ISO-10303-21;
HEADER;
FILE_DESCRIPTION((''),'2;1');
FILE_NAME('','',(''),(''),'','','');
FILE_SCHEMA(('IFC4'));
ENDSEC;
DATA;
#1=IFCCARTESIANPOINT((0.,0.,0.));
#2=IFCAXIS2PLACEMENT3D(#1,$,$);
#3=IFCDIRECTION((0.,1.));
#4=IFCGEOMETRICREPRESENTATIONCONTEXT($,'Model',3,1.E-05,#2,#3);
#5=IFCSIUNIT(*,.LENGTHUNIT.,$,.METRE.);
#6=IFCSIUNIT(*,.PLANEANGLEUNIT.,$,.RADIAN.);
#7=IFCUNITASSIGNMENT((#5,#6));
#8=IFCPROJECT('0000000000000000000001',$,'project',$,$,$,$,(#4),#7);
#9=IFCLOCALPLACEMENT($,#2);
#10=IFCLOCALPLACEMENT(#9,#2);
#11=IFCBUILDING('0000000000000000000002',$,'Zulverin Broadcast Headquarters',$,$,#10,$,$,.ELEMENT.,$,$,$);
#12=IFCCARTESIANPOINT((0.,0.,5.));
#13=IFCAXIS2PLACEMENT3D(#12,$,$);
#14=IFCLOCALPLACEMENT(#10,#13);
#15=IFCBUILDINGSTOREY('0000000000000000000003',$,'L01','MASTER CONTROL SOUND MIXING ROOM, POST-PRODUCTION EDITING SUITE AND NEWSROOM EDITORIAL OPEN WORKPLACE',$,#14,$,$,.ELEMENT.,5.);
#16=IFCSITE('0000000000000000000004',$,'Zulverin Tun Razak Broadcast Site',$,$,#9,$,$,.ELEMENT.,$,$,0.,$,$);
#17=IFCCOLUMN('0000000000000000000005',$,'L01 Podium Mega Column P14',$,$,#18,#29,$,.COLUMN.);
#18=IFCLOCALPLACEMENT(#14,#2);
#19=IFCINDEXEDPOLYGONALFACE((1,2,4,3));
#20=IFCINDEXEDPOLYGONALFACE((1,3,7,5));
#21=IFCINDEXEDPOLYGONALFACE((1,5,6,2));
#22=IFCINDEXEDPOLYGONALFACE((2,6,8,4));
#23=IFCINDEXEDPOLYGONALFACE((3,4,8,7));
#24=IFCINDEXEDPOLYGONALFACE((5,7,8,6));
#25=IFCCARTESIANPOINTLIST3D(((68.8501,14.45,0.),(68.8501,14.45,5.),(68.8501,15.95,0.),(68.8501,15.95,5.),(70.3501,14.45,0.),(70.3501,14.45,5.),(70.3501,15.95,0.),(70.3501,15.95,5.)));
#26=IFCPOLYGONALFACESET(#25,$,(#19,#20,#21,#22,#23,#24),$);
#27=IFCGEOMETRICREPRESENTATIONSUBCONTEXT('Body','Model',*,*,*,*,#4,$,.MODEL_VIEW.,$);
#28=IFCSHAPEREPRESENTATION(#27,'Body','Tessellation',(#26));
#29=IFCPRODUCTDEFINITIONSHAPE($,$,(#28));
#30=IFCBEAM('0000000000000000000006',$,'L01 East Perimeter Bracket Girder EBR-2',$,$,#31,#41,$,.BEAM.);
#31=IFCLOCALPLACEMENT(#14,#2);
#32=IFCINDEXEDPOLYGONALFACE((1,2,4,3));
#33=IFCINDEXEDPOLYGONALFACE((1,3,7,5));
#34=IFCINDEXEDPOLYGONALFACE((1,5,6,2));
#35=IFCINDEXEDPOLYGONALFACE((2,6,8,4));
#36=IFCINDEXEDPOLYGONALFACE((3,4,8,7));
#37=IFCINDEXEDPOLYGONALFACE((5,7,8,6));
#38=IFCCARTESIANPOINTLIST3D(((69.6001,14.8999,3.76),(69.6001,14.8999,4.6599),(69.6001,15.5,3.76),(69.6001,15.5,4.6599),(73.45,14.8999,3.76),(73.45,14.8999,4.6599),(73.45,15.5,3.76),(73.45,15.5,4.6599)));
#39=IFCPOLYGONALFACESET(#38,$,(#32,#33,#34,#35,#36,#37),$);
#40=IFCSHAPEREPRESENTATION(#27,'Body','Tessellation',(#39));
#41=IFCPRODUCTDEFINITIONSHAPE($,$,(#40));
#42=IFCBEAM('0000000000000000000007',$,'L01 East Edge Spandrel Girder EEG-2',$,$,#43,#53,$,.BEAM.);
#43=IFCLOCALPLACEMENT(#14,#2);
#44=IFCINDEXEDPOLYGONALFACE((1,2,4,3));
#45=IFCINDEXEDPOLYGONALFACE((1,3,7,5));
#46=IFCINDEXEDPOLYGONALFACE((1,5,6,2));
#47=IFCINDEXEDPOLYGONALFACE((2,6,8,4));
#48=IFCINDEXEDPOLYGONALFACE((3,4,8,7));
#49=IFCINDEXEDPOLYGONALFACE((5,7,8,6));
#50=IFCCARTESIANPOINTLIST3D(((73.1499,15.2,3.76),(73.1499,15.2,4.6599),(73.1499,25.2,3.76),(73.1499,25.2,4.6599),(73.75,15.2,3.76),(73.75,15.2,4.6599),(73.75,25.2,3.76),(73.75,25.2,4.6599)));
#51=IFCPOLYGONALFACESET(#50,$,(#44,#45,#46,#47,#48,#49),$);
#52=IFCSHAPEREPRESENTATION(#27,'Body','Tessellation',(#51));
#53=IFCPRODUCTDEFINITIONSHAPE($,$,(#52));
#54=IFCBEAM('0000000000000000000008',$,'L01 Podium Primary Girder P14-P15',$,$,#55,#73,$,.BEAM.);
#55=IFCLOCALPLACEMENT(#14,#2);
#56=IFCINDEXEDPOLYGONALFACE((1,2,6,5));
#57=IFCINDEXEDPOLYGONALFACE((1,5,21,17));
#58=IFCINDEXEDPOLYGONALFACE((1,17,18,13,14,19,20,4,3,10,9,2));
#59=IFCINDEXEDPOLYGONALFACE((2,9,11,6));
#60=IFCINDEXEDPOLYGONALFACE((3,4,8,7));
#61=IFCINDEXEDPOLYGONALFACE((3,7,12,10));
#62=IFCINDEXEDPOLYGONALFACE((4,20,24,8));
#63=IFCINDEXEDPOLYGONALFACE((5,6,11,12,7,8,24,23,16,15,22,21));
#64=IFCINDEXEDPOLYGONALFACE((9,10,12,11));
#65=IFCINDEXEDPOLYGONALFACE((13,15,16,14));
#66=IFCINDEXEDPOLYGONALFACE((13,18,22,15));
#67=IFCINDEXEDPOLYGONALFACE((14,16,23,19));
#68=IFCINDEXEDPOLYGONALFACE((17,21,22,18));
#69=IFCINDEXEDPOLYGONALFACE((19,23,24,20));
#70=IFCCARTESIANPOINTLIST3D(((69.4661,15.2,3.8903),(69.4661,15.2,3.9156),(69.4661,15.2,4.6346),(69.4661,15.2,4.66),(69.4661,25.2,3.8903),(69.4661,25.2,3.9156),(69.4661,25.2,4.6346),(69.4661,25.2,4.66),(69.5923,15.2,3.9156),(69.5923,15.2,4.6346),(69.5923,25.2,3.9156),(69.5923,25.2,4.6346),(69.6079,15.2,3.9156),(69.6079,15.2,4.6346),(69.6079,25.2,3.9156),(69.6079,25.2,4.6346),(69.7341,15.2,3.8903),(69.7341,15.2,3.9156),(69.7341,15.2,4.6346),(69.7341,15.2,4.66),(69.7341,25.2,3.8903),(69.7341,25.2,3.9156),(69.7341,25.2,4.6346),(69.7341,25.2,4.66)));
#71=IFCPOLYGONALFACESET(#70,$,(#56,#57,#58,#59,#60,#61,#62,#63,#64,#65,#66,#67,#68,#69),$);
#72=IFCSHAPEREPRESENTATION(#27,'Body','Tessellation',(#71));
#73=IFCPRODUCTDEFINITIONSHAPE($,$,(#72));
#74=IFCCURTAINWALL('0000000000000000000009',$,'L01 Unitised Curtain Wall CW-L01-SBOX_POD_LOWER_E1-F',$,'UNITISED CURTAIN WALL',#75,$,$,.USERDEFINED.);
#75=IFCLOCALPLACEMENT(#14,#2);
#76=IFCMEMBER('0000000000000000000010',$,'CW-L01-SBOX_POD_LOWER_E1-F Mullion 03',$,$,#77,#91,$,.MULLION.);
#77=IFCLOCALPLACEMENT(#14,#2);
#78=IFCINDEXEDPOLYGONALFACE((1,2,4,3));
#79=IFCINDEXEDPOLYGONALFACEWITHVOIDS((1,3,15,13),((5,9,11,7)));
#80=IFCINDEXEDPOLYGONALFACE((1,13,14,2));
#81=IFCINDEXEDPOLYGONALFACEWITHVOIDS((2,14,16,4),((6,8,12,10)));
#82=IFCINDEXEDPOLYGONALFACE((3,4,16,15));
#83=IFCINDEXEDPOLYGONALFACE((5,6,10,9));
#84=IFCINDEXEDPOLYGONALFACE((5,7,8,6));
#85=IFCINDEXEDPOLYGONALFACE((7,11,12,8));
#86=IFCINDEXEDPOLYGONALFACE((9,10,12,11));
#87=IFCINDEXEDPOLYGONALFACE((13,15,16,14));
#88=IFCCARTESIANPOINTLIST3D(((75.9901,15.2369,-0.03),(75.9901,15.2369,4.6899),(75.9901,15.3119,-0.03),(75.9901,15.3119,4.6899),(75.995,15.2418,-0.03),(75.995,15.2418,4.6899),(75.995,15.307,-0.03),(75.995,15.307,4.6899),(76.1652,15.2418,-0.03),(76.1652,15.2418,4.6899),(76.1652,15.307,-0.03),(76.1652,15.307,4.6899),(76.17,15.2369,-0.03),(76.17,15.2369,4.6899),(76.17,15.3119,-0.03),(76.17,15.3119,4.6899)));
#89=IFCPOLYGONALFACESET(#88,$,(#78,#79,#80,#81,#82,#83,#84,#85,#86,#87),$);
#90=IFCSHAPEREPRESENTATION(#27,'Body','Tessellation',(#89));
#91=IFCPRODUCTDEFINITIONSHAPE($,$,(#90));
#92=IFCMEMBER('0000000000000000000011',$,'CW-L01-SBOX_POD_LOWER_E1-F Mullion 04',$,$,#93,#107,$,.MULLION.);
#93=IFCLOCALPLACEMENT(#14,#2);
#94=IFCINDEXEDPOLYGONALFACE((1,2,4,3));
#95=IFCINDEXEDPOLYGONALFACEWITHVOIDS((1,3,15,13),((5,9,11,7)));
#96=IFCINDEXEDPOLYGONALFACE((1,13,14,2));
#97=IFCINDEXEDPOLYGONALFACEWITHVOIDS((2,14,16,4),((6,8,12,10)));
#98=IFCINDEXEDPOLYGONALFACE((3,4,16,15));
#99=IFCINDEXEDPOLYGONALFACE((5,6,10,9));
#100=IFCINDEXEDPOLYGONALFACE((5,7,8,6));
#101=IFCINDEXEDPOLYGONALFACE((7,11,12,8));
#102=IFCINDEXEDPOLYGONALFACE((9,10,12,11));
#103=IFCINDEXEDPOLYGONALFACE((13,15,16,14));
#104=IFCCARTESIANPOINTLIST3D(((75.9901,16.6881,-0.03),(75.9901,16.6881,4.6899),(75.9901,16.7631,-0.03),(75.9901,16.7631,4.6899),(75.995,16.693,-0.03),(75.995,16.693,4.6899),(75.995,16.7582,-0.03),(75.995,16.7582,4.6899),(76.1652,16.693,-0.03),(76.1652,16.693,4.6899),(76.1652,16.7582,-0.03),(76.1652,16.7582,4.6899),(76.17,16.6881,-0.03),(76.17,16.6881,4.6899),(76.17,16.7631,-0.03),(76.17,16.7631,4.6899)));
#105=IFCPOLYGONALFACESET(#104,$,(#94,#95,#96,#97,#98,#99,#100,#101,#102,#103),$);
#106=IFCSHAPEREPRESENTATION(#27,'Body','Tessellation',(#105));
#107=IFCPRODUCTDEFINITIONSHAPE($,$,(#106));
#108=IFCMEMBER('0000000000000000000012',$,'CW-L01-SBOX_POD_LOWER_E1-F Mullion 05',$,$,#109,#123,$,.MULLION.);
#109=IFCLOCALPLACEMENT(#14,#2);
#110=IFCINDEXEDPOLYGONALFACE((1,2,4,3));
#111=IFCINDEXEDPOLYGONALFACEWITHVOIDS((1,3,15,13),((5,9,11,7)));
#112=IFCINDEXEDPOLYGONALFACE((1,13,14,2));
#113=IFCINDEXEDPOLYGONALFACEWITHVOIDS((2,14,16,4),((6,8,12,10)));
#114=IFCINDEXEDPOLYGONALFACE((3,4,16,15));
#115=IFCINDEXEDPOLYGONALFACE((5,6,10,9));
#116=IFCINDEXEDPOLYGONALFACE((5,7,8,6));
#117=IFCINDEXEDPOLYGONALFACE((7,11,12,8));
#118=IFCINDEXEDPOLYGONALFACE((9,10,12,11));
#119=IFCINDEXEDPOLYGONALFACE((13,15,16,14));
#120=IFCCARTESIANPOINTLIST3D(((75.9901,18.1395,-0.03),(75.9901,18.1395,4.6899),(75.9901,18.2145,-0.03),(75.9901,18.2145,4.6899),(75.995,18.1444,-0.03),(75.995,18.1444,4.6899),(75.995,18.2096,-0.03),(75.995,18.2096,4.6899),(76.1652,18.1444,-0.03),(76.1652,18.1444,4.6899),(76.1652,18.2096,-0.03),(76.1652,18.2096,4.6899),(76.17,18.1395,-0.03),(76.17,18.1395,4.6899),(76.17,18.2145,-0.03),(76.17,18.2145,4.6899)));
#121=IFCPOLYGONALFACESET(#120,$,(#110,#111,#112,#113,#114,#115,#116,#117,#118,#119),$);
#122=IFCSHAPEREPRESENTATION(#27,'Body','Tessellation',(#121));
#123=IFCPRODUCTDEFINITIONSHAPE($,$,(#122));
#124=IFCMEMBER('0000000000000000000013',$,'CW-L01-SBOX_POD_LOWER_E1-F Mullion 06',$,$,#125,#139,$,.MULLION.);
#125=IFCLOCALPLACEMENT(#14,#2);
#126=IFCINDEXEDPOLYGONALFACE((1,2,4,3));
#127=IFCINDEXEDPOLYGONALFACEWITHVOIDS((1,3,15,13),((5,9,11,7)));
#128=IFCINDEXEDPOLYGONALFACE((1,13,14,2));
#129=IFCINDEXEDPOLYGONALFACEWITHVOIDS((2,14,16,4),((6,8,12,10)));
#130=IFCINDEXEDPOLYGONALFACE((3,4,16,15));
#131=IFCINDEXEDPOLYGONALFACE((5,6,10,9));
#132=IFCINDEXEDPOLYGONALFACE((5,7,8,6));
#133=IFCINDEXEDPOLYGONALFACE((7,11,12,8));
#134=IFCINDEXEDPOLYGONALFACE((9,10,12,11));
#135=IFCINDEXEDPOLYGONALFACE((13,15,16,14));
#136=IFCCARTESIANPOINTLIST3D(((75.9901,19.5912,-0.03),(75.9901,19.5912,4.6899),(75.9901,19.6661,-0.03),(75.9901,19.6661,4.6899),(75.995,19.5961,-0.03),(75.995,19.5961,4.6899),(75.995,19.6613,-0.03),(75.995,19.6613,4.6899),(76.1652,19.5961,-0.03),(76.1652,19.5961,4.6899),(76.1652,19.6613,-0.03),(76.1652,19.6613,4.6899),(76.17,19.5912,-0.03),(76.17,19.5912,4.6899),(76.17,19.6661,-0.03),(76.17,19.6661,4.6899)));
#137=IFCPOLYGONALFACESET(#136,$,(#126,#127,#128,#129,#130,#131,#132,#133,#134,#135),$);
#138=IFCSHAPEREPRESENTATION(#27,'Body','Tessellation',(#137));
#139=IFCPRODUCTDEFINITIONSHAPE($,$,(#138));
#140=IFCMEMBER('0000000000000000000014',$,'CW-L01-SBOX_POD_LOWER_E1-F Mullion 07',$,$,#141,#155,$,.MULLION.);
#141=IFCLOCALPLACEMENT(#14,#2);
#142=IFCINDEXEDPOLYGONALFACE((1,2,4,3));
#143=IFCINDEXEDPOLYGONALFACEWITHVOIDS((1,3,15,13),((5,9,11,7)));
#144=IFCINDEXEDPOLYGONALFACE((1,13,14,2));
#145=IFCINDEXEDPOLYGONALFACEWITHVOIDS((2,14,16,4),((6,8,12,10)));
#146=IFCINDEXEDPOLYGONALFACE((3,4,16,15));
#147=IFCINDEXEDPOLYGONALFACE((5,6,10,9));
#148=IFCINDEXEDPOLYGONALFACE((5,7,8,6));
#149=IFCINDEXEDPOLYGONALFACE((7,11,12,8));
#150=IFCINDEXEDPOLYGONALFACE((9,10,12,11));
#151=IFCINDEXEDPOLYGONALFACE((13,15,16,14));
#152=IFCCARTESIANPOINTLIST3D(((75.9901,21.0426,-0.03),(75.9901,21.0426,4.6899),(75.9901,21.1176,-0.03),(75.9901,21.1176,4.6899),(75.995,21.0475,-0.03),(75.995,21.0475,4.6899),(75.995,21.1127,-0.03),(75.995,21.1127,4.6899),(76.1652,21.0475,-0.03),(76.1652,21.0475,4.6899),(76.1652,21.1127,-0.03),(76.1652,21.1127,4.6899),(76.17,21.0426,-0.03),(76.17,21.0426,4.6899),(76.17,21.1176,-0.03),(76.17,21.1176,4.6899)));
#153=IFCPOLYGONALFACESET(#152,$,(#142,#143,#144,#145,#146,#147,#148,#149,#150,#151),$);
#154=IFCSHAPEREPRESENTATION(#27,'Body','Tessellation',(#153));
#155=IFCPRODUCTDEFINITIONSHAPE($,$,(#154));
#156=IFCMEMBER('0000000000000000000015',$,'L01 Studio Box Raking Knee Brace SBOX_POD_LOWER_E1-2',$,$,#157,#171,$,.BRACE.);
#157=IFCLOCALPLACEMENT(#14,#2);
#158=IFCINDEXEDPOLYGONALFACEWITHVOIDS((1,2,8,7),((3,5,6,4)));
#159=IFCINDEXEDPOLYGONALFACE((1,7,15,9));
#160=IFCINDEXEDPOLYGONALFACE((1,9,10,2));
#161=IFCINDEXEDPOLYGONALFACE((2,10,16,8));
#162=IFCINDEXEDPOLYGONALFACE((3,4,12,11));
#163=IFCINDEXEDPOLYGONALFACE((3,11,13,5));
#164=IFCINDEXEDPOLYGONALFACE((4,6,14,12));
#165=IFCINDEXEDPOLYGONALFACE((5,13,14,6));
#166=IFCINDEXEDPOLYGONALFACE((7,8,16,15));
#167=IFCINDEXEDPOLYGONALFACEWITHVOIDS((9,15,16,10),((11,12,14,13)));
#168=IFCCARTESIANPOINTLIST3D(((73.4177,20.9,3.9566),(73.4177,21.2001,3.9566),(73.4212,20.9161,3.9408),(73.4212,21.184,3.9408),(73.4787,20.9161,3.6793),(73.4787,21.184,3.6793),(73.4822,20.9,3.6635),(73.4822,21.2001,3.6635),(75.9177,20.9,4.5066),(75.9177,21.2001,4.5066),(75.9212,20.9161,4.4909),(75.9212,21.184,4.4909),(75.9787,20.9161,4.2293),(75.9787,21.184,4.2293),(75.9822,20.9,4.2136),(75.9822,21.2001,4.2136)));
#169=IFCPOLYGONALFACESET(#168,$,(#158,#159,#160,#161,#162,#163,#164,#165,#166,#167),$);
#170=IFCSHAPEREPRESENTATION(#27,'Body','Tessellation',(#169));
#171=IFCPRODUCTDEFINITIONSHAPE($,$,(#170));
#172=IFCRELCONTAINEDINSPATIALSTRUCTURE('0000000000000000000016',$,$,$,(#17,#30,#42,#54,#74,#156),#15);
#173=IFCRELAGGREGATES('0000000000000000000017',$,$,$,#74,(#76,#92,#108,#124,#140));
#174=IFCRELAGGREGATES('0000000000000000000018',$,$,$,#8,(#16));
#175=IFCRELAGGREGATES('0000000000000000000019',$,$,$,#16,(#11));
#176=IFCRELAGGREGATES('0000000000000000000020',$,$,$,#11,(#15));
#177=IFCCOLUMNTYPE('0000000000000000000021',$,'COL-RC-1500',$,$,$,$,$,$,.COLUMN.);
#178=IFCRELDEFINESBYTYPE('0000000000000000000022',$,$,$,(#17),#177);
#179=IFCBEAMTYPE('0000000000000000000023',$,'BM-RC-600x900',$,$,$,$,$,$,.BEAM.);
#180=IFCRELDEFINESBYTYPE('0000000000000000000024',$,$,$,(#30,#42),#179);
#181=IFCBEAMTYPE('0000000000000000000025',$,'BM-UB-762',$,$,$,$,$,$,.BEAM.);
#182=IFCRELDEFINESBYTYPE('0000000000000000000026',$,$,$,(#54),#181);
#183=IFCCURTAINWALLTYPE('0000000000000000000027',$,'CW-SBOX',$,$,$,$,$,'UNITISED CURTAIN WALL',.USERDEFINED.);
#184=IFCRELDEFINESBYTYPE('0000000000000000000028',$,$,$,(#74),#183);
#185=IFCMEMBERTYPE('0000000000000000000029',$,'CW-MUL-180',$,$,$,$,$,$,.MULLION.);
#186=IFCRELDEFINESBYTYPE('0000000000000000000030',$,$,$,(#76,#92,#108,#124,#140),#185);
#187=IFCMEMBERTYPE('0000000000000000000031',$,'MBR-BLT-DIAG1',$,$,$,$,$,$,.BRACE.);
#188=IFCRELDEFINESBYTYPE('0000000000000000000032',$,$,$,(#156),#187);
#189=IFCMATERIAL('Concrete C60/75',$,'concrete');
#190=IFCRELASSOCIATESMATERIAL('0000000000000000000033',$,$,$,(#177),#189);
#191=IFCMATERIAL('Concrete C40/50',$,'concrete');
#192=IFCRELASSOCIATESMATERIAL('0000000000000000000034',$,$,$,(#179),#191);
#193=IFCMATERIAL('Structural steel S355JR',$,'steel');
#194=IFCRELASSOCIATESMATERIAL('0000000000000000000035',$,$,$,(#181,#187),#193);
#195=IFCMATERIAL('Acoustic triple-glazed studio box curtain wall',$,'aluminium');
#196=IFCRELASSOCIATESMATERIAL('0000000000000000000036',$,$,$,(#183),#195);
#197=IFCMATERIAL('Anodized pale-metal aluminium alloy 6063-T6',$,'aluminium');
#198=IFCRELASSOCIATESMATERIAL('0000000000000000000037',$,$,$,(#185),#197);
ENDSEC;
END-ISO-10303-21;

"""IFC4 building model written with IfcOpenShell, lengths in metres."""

from ifc_helpers import new_model, si_unit, direction, frame, origin, origin_2d, place, context, subcontext, project, spatial, rectangle, hollow_rectangle, i_section, extrude, material, material_profile, profile_set, type_object, element, aggregate, save


model = new_model("IFC4")

# Units and contexts
model_context = context("Model", 3, precision=1e-05, world=origin(), true_north=direction((0.0, 1.0)))
body_context = subcontext(model_context, "Body", "Model", "MODEL_VIEW")
ifc_project = project(units=[si_unit("LENGTHUNIT", "METRE"), si_unit("PLANEANGLEUNIT", "RADIAN")], contexts=[model_context])

# Site, building, storey
site_placement = place(None, origin())
site = spatial("IfcSite", under=ifc_project, at=site_placement, Name="Zulverin Tun Razak Broadcast Site", CompositionType="ELEMENT", RefElevation=0.0)
building_placement = place(site_placement, origin())
building = spatial("IfcBuilding", under=site, at=building_placement, Name="Zulverin Broadcast Headquarters", CompositionType="ELEMENT")
storey_placement = place(building_placement, frame((0.0, 0.0, 5.0)))
storey = spatial("IfcBuildingStorey", under=building, at=storey_placement, Name="L01", Description="MASTER CONTROL SOUND MIXING ROOM, POST-PRODUCTION EDITING SUITE AND NEWSROOM EDITORIAL OPEN WORKPLACE", CompositionType="ELEMENT", Elevation=5.0)

# Column
ifc_material_1 = material(Name="Concrete C60/75", Category="concrete")
ifc_material_profile_1 = material_profile(ifc_material_1, rectangle(XDim=1.5, YDim=1.5, at=origin_2d()), Name="Concrete C60/75", Category="concrete")
ifc_profile_set_1 = profile_set([ifc_material_profile_1], Name="Concrete C60/75")
column_type = type_object("IfcColumnType", Name="COL-RC-1500", PredefinedType="COLUMN", material=ifc_profile_set_1)
column_placement = place(storey_placement, frame((69.6001, 15.2, 0.0), z_axis=(0.0, 0.0, 1.0), x_axis=(1.0, 0.0, 0.0)))
element("IfcColumn", 1, at=column_placement, inside=storey, type_object=column_type, Name="L01 Podium Mega Column P14", PredefinedType="COLUMN", context=body_context, shape_type="SweptSolid", body=[
    extrude(rectangle(XDim=1.5, YDim=1.5, at=origin_2d()), origin(), (0.0, 0.0, 1.0), 5.0),
])

# Beams
ifc_material_2 = material(Name="Concrete C40/50", Category="concrete")
ifc_material_profile_2 = material_profile(ifc_material_2, rectangle(XDim=0.6001, YDim=0.8999, at=origin_2d()), Name="Concrete C40/50", Category="concrete")
ifc_profile_set_2 = profile_set([ifc_material_profile_2], Name="Concrete C40/50")
beam_type_1 = type_object("IfcBeamType", Name="BM-RC-600x900", PredefinedType="BEAM", material=ifc_profile_set_2)
beam_1_placement = place(storey_placement, frame((69.6001, 15.2, 4.21), z_axis=(1.0, 0.0, 0.0), x_axis=(0.0, 1.0, 0.0)))
element("IfcBeam", 2, at=beam_1_placement, inside=storey, type_object=beam_type_1, Name="L01 East Perimeter Bracket Girder EBR-2", PredefinedType="BEAM", context=body_context, shape_type="SweptSolid", body=[
    extrude(rectangle(XDim=0.6001, YDim=0.8999, at=origin_2d()), origin(), (0.0, 0.0, 1.0), 3.8499),
])
beam_2_placement = place(storey_placement, frame((73.45, 15.2, 4.21), z_axis=(0.0, 1.0, 0.0), x_axis=(-1.0, 0.0, 0.0)))
element("IfcBeam", 3, at=beam_2_placement, inside=storey, type_object=beam_type_1, Name="L01 East Edge Spandrel Girder EEG-2", PredefinedType="BEAM", context=body_context, shape_type="SweptSolid", body=[
    extrude(rectangle(XDim=0.6001, YDim=0.8999, at=origin_2d()), origin(), (0.0, 0.0, 1.0), 10.0),
])
ifc_material_3 = material(Name="Structural steel S355JR", Category="steel")
ifc_material_profile_3 = material_profile(ifc_material_3, i_section(OverallWidth=0.2681, OverallDepth=0.7698, WebThickness=0.0156, FlangeThickness=0.0254, at=origin_2d()), Name="Structural steel S355JR", Category="steel")
ifc_profile_set_3 = profile_set([ifc_material_profile_3], Name="Structural steel S355JR")
beam_type_2 = type_object("IfcBeamType", Name="BM-UB-762", PredefinedType="BEAM", material=ifc_profile_set_3)
beam_3_placement = place(storey_placement, frame((69.6001, 15.2, 4.2751), z_axis=(0.0, 1.0, 0.0), x_axis=(-1.0, 0.0, 0.0)))
element("IfcBeam", 4, at=beam_3_placement, inside=storey, type_object=beam_type_2, Name="L01 Podium Primary Girder P14-P15", PredefinedType="BEAM", context=body_context, shape_type="SweptSolid", body=[
    extrude(i_section(OverallWidth=0.2681, OverallDepth=0.7698, WebThickness=0.0156, FlangeThickness=0.0254, at=origin_2d()), origin(), (0.0, 0.0, 1.0), 10.0),
])

# Curtain wall, members
ifc_material_4 = material(Name="Acoustic triple-glazed studio box curtain wall", Category="aluminium")
curtain_wall_type = type_object("IfcCurtainWallType", Name="CW-SBOX", ElementType="UNITISED CURTAIN WALL", PredefinedType="USERDEFINED", material=ifc_material_4)
curtain_wall_placement = place(storey_placement, origin())
curtain_wall = element("IfcCurtainWall", 5, at=curtain_wall_placement, inside=storey, type_object=curtain_wall_type, Name="L01 Unitised Curtain Wall CW-L01-SBOX_POD_LOWER_E1-F", ObjectType="UNITISED CURTAIN WALL", PredefinedType="USERDEFINED")
ifc_material_5 = material(Name="Anodized pale-metal aluminium alloy 6063-T6", Category="aluminium")
ifc_material_profile_4 = material_profile(ifc_material_5, hollow_rectangle(XDim=0.075, YDim=0.1799, WallThickness=0.0049, at=origin_2d()), Name="Anodized pale-metal aluminium alloy 6063-T6", Category="aluminium")
ifc_profile_set_4 = profile_set([ifc_material_profile_4], Name="Anodized pale-metal aluminium alloy 6063-T6")
member_type_1 = type_object("IfcMemberType", Name="CW-MUL-180", PredefinedType="MULLION", material=ifc_profile_set_4)
member_1_placement = place(storey_placement, frame((76.0801, 15.2744, -0.03), z_axis=(0.0, 0.0, 1.0), x_axis=(0.0, 1.0, 0.0)))
member_1 = element("IfcMember", 6, at=member_1_placement, type_object=member_type_1, Name="CW-L01-SBOX_POD_LOWER_E1-F Mullion 03", PredefinedType="MULLION", context=body_context, shape_type="SweptSolid", body=[
    extrude(hollow_rectangle(XDim=0.075, YDim=0.1799, WallThickness=0.0049, at=origin_2d()), origin(), (0.0, 0.0, 1.0), 4.72),
])
member_2_placement = place(storey_placement, frame((76.0801, 16.7256, -0.03), z_axis=(0.0, 0.0, 1.0), x_axis=(0.0, 1.0, 0.0)))
member_2 = element("IfcMember", 7, at=member_2_placement, type_object=member_type_1, Name="CW-L01-SBOX_POD_LOWER_E1-F Mullion 04", PredefinedType="MULLION", context=body_context, shape_type="SweptSolid", body=[
    extrude(hollow_rectangle(XDim=0.075, YDim=0.1799, WallThickness=0.0049, at=origin_2d()), origin(), (0.0, 0.0, 1.0), 4.72),
])
member_3_placement = place(storey_placement, frame((76.0801, 18.177, -0.03), z_axis=(0.0, 0.0, 1.0), x_axis=(0.0, 1.0, 0.0)))
member_3 = element("IfcMember", 8, at=member_3_placement, type_object=member_type_1, Name="CW-L01-SBOX_POD_LOWER_E1-F Mullion 05", PredefinedType="MULLION", context=body_context, shape_type="SweptSolid", body=[
    extrude(hollow_rectangle(XDim=0.075, YDim=0.1799, WallThickness=0.0049, at=origin_2d()), origin(), (0.0, 0.0, 1.0), 4.72),
])
member_4_placement = place(storey_placement, frame((76.0801, 19.6287, -0.03), z_axis=(0.0, 0.0, 1.0), x_axis=(0.0, 1.0, 0.0)))
member_4 = element("IfcMember", 9, at=member_4_placement, type_object=member_type_1, Name="CW-L01-SBOX_POD_LOWER_E1-F Mullion 06", PredefinedType="MULLION", context=body_context, shape_type="SweptSolid", body=[
    extrude(hollow_rectangle(XDim=0.075, YDim=0.1799, WallThickness=0.0049, at=origin_2d()), origin(), (0.0, 0.0, 1.0), 4.72),
])
member_5_placement = place(storey_placement, frame((76.0801, 21.0801, -0.03), z_axis=(0.0, 0.0, 1.0), x_axis=(0.0, 1.0, 0.0)))
member_5 = element("IfcMember", 10, at=member_5_placement, type_object=member_type_1, Name="CW-L01-SBOX_POD_LOWER_E1-F Mullion 07", PredefinedType="MULLION", context=body_context, shape_type="SweptSolid", body=[
    extrude(hollow_rectangle(XDim=0.075, YDim=0.1799, WallThickness=0.0049, at=origin_2d()), origin(), (0.0, 0.0, 1.0), 4.72),
])

# Member
ifc_material_profile_5 = material_profile(ifc_material_3, hollow_rectangle(XDim=0.3, YDim=0.3, WallThickness=0.0161, at=origin_2d()), Name="Structural steel S355JR", Category="steel")
ifc_profile_set_5 = profile_set([ifc_material_profile_5], Name="Structural steel S355JR")
member_type_2 = type_object("IfcMemberType", Name="MBR-BLT-DIAG1", PredefinedType="BRACE", material=ifc_profile_set_5)
member_6_placement = place(storey_placement, frame((73.45, 21.05, 3.8101), z_axis=(0.97664, 0.0, 0.21488), x_axis=(0.0, 1.0, 0.0)))
element("IfcMember", 11, at=member_6_placement, inside=storey, type_object=member_type_2, Name="L01 Studio Box Raking Knee Brace SBOX_POD_LOWER_E1-2", PredefinedType="BRACE", context=body_context, shape_type="SweptSolid", body=[
    extrude(hollow_rectangle(XDim=0.3, YDim=0.3, WallThickness=0.0161, at=origin_2d()), origin(), (0.0, 0.0, 1.0), 2.5598),
])

aggregate(curtain_wall, [member_1, member_2, member_3, member_4, member_5])

save(model, "model.ifc")
